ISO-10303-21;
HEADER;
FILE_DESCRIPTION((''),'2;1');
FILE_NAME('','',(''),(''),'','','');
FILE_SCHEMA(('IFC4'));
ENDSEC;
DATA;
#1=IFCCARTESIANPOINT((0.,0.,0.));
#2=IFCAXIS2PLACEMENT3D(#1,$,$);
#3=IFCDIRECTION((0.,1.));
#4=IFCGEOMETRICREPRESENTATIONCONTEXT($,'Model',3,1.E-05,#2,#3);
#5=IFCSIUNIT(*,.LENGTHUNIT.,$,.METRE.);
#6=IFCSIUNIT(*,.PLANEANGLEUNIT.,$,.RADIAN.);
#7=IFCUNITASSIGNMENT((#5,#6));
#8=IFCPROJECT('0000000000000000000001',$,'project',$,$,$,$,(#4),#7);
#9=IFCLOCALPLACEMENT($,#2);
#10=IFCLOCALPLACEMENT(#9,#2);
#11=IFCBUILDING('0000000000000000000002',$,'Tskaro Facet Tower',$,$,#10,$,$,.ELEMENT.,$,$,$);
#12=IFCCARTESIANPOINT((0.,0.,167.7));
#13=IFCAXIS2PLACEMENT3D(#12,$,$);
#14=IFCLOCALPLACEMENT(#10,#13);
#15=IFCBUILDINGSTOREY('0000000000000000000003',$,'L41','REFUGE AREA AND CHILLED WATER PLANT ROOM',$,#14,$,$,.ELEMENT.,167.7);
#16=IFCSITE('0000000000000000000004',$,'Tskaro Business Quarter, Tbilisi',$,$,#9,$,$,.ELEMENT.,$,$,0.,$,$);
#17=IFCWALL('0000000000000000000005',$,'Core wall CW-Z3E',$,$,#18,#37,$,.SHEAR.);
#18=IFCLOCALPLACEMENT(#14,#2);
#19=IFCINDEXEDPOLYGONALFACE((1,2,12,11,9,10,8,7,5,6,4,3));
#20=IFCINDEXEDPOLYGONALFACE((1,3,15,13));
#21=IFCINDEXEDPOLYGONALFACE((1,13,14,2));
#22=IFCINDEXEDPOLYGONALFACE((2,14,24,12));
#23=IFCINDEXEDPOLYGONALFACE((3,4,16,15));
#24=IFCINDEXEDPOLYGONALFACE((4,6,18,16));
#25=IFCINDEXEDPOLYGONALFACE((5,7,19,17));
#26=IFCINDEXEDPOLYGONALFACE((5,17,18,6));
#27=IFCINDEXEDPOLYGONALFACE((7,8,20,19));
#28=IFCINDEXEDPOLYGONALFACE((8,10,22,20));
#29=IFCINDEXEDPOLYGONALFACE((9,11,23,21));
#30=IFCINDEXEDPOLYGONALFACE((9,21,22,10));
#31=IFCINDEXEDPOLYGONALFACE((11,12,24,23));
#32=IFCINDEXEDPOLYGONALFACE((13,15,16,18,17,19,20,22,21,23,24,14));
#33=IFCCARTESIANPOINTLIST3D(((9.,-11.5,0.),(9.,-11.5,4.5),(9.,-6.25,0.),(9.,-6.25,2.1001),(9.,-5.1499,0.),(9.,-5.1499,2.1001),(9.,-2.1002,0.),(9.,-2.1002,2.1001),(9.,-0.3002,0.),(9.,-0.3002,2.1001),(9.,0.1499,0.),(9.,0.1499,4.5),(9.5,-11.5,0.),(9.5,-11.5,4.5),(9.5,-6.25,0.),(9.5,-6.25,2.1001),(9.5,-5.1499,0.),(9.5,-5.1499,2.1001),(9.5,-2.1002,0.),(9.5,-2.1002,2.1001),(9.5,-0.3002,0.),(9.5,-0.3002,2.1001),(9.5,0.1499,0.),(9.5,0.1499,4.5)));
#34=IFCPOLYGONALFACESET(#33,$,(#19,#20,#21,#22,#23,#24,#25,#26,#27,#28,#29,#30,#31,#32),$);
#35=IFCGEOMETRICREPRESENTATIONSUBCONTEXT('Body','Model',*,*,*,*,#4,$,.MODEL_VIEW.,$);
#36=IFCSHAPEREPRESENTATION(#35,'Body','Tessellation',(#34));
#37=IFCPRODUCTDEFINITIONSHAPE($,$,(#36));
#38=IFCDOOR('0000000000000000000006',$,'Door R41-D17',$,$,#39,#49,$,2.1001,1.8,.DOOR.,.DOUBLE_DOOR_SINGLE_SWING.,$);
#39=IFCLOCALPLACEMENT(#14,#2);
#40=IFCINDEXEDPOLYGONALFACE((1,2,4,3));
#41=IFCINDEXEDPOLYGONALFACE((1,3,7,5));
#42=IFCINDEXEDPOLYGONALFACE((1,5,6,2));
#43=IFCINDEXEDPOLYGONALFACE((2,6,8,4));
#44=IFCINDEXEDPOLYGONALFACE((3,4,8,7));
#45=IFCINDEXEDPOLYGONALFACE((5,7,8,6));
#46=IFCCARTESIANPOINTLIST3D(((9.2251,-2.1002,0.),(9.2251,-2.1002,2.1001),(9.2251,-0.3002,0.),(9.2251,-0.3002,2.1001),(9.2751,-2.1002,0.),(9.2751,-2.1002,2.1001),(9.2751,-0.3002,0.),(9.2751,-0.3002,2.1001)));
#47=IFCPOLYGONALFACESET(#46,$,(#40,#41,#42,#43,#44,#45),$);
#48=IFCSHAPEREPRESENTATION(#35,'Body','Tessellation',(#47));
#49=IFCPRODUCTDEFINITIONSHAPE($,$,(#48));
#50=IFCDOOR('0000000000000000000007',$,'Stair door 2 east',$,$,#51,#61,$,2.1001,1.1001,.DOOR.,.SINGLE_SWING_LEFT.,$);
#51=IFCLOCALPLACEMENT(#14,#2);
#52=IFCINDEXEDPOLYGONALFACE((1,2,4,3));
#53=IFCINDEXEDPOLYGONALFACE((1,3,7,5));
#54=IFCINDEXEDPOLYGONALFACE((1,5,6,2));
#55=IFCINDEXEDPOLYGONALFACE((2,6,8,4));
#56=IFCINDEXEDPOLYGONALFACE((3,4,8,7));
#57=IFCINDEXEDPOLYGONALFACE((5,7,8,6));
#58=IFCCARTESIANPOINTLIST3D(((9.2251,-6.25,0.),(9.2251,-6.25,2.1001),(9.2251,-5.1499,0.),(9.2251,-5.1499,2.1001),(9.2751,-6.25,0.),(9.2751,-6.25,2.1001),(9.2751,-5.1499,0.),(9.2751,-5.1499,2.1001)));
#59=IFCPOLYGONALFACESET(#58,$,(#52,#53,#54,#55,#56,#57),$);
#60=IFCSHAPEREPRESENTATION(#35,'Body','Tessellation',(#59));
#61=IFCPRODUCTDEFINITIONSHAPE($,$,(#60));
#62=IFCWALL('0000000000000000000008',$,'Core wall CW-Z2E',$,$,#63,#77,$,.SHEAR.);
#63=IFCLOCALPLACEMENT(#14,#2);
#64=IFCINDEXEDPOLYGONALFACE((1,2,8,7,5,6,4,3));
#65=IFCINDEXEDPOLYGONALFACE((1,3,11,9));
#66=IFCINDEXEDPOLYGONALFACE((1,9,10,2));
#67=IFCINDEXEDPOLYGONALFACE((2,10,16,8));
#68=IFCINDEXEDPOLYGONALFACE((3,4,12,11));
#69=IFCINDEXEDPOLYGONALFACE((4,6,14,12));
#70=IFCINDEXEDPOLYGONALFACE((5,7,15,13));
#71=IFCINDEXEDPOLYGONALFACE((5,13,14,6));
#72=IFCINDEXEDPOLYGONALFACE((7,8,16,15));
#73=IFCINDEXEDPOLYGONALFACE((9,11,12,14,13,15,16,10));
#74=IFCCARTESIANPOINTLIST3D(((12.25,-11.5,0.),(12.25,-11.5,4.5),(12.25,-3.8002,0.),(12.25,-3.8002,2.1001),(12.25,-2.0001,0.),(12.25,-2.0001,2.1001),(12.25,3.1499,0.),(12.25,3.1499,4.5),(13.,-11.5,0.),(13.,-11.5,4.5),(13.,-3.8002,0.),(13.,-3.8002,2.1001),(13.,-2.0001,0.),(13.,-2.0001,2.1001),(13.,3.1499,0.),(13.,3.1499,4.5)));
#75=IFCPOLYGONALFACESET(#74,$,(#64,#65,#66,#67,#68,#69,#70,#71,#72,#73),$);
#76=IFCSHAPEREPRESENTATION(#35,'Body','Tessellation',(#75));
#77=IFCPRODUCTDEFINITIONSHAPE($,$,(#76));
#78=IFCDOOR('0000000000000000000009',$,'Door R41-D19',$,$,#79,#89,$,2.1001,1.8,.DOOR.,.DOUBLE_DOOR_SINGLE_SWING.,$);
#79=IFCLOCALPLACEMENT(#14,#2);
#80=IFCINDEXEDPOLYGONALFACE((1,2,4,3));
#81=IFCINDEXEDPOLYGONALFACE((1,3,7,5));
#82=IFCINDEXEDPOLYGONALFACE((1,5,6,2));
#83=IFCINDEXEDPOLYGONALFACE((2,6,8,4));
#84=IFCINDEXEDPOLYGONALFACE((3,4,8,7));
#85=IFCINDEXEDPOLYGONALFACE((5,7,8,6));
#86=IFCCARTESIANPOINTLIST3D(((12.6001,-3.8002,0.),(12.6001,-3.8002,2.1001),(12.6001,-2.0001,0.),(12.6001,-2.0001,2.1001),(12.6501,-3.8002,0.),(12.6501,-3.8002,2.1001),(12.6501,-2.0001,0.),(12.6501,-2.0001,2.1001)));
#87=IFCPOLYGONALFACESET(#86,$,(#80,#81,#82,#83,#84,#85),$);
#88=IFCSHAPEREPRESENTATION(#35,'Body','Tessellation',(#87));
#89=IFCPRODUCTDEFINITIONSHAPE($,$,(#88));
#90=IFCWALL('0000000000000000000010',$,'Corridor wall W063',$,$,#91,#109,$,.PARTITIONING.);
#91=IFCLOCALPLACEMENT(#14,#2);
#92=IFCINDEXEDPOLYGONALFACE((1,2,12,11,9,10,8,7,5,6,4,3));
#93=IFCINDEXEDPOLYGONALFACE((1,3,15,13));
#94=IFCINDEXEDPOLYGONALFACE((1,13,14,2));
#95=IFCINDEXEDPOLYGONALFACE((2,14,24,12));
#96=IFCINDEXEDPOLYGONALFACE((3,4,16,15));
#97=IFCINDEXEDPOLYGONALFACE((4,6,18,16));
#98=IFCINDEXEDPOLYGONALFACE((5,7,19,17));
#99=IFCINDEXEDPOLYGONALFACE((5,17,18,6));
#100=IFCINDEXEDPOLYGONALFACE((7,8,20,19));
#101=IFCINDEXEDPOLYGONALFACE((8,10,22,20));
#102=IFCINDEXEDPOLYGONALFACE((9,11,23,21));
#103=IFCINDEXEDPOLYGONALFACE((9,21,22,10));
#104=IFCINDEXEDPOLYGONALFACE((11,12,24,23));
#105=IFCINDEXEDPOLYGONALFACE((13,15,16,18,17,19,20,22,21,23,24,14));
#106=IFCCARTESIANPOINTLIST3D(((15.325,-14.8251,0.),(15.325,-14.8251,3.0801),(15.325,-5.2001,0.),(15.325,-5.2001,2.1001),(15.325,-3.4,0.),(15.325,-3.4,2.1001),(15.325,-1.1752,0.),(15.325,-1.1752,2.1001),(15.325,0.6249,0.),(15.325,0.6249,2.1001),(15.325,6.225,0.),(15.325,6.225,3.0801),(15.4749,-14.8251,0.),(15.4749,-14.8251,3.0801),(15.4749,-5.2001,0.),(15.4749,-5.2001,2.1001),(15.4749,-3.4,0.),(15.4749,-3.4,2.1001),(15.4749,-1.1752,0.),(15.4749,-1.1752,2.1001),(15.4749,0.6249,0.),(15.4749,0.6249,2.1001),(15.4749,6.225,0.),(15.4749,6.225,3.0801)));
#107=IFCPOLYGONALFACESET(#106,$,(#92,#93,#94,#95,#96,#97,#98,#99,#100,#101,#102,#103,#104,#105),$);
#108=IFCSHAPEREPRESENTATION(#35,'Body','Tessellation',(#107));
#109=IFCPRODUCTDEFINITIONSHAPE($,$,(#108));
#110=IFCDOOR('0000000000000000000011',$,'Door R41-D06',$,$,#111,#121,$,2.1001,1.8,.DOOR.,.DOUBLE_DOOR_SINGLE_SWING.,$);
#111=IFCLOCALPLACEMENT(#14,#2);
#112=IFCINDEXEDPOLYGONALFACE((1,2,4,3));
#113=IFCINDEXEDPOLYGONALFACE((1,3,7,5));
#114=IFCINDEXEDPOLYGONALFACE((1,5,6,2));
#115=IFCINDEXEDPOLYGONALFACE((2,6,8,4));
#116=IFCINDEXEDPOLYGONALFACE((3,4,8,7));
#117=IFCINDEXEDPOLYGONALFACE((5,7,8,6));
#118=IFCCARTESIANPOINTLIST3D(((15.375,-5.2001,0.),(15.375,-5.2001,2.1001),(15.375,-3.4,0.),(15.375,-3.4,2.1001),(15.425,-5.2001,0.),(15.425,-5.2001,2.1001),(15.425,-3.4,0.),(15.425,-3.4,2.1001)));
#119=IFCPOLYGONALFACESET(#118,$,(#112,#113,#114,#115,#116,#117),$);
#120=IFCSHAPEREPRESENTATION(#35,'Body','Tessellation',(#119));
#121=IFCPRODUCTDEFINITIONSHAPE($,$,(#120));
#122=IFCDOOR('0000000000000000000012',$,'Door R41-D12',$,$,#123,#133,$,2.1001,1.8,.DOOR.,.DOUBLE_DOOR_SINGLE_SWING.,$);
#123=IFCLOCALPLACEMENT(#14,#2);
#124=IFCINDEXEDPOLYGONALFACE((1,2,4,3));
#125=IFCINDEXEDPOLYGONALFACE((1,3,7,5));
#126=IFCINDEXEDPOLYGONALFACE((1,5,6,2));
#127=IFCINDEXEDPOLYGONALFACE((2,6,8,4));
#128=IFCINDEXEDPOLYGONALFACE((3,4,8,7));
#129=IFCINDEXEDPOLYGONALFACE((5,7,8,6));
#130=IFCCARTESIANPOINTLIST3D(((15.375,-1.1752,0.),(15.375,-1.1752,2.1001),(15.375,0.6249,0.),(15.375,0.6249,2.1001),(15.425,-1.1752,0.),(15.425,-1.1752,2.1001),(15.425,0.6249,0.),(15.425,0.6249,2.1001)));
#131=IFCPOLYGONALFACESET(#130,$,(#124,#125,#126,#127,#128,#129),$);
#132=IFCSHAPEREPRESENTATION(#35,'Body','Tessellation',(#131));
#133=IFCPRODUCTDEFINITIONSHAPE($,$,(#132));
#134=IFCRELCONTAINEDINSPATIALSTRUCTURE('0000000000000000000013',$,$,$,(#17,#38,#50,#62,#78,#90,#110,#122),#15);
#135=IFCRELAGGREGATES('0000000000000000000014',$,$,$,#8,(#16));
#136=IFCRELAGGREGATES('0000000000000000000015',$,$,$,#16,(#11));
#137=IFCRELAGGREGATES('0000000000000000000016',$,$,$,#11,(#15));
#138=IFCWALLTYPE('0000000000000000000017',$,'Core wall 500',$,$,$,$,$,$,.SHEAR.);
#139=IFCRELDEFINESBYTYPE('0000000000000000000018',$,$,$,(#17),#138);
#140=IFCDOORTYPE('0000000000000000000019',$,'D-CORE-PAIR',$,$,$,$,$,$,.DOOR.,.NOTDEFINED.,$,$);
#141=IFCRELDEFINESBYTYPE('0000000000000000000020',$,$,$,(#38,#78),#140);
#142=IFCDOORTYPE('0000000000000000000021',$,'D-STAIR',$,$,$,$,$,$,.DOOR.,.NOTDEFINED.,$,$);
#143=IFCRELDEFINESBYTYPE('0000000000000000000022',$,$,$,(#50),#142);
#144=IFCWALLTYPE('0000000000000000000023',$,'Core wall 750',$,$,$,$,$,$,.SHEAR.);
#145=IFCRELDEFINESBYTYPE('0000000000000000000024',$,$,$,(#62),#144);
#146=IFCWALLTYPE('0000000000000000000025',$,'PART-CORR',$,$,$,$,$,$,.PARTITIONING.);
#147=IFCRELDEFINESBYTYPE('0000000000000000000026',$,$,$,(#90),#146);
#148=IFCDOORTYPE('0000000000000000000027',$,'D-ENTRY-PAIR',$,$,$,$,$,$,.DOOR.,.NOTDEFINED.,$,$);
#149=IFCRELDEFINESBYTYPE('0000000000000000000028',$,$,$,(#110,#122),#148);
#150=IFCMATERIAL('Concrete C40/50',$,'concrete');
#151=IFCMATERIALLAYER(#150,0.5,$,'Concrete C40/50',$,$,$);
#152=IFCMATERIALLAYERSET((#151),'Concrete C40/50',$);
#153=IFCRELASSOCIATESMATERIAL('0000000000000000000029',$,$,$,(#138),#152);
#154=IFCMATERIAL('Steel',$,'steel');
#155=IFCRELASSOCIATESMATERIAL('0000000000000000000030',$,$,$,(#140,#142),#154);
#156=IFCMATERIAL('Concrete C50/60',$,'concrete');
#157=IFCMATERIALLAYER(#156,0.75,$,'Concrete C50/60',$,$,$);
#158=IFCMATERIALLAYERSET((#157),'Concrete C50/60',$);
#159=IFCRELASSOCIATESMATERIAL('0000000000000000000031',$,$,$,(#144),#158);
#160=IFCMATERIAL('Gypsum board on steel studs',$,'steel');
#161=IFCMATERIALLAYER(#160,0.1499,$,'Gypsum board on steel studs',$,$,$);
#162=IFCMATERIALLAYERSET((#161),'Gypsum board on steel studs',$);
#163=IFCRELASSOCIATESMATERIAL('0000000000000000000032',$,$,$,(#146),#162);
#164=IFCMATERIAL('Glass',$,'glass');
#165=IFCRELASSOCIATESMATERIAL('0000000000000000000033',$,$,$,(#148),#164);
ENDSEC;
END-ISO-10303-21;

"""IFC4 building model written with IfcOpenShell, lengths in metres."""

from ifc_helpers import new_model, si_unit, direction, frame, frame_2d, origin, place, context, subcontext, project, spatial, rectangle, extrude, material, layer, layer_set, type_object, element, fill, save


model = new_model("IFC4")

# Units and contexts
model_context = context("Model", 3, precision=1e-05, world=origin(), true_north=direction((0.0, 1.0)))
body_context = subcontext(model_context, "Body", "Model", "MODEL_VIEW")
ifc_project = project(units=[si_unit("LENGTHUNIT", "METRE"), si_unit("PLANEANGLEUNIT", "RADIAN")], contexts=[model_context])

# Site, building, storey
site_placement = place(None, origin())
site = spatial("IfcSite", under=ifc_project, at=site_placement, Name="Tskaro Business Quarter, Tbilisi", CompositionType="ELEMENT", RefElevation=0.0)
building_placement = place(site_placement, origin())
building = spatial("IfcBuilding", under=site, at=building_placement, Name="Tskaro Facet Tower", CompositionType="ELEMENT")
storey_placement = place(building_placement, frame((0.0, 0.0, 167.7)))
storey = spatial("IfcBuildingStorey", under=building, at=storey_placement, Name="L41", Description="REFUGE AREA AND CHILLED WATER PLANT ROOM", CompositionType="ELEMENT", Elevation=167.7)

# Wall, openings, doors
ifc_material_1 = material(Name="Concrete C40/50", Category="concrete")
ifc_layer_1 = layer(ifc_material_1, 0.5, Name="Concrete C40/50")
ifc_layer_set_1 = layer_set([ifc_layer_1], Name="Concrete C40/50")
wall_type_1 = type_object("IfcWallType", Name="Core wall 500", PredefinedType="SHEAR", material=ifc_layer_set_1)
wall_1_placement = place(storey_placement, frame((9.25, -11.5, 0.0), z_axis=(0.0, 0.0, 1.0), x_axis=(0.0, 1.0, 0.0)))
wall_1 = element("IfcWall", 1, at=wall_1_placement, inside=storey, type_object=wall_type_1, Name="Core wall CW-Z3E", PredefinedType="SHEAR", context=body_context, shape_type="SweptSolid", body=[
    extrude(rectangle(XDim=11.6499, YDim=0.5, at=frame_2d((5.825, 0.0))), origin(), (0.0, 0.0, 1.0), 4.5),
])
opening_1_placement = place(wall_1_placement, frame((9.3999, 0.0, 0.0)))
opening_1 = element("IfcOpeningElement", 2, at=opening_1_placement, cuts=wall_1, PredefinedType="OPENING", context=body_context, shape_type="SweptSolid", body=[
    extrude(rectangle(XDim=1.8, YDim=2.1001, at=frame_2d((0.8999, 1.05))), frame((0.0, 0.26, 0.0), z_axis=(0.0, -1.0, 0.0), x_axis=(1.0, 0.0, 0.0)), (0.0, 0.0, 1.0), 0.52),
])
opening_2_placement = place(wall_1_placement, frame((5.25, 0.0, 0.0)))
opening_2 = element("IfcOpeningElement", 3, at=opening_2_placement, cuts=wall_1, PredefinedType="OPENING", context=body_context, shape_type="SweptSolid", body=[
    extrude(rectangle(XDim=1.1001, YDim=2.1001, at=frame_2d((0.55, 1.05))), frame((0.0, 0.26, 0.0), z_axis=(0.0, -1.0, 0.0), x_axis=(1.0, 0.0, 0.0)), (0.0, 0.0, 1.0), 0.52),
])
ifc_material_2 = material(Name="Steel", Category="steel")
door_type_1 = type_object("IfcDoorType", Name="D-CORE-PAIR", OperationType="NOTDEFINED", PredefinedType="DOOR", material=ifc_material_2)
door_1_placement = place(opening_1_placement, origin())
door_1 = element("IfcDoor", 4, at=door_1_placement, inside=storey, type_object=door_type_1, Name="Door R41-D17", OperationType="DOUBLE_DOOR_SINGLE_SWING", OverallHeight=2.1001, OverallWidth=1.8, PredefinedType="DOOR", context=body_context, shape_type="SweptSolid", body=[
    extrude(rectangle(XDim=1.8, YDim=2.1001, at=frame_2d((0.8999, 1.05))), frame((0.0, 0.0249, 0.0), z_axis=(0.0, -1.0, 0.0), x_axis=(1.0, 0.0, 0.0)), (0.0, 0.0, 1.0), 0.05),
])
fill(opening_1, door_1)
door_type_2 = type_object("IfcDoorType", Name="D-STAIR", OperationType="NOTDEFINED", PredefinedType="DOOR", material=ifc_material_2)
door_2_placement = place(opening_2_placement, origin())
door_2 = element("IfcDoor", 5, at=door_2_placement, inside=storey, type_object=door_type_2, Name="Stair door 2 east", OperationType="SINGLE_SWING_LEFT", OverallHeight=2.1001, OverallWidth=1.1001, PredefinedType="DOOR", context=body_context, shape_type="SweptSolid", body=[
    extrude(rectangle(XDim=1.1001, YDim=2.1001, at=frame_2d((0.55, 1.05))), frame((0.0, 0.0249, 0.0), z_axis=(0.0, -1.0, 0.0), x_axis=(1.0, 0.0, 0.0)), (0.0, 0.0, 1.0), 0.05),
])
fill(opening_2, door_2)

# Wall, opening, door
ifc_material_3 = material(Name="Concrete C50/60", Category="concrete")
ifc_layer_2 = layer(ifc_material_3, 0.75, Name="Concrete C50/60")
ifc_layer_set_2 = layer_set([ifc_layer_2], Name="Concrete C50/60")
wall_type_2 = type_object("IfcWallType", Name="Core wall 750", PredefinedType="SHEAR", material=ifc_layer_set_2)
wall_2_placement = place(storey_placement, frame((12.625, -11.5, 0.0), z_axis=(0.0, 0.0, 1.0), x_axis=(0.0, 1.0, 0.0)))
wall_2 = element("IfcWall", 6, at=wall_2_placement, inside=storey, type_object=wall_type_2, Name="Core wall CW-Z2E", PredefinedType="SHEAR", context=body_context, shape_type="SweptSolid", body=[
    extrude(rectangle(XDim=14.6499, YDim=0.75, at=frame_2d((7.325, 0.0))), origin(), (0.0, 0.0, 1.0), 4.5),
])
opening_3_placement = place(wall_2_placement, frame((7.7, 0.0, 0.0)))
opening_3 = element("IfcOpeningElement", 7, at=opening_3_placement, cuts=wall_2, PredefinedType="OPENING", context=body_context, shape_type="SweptSolid", body=[
    extrude(rectangle(XDim=1.8, YDim=2.1001, at=frame_2d((0.8999, 1.05))), frame((0.0, 0.385, 0.0), z_axis=(0.0, -1.0, 0.0), x_axis=(1.0, 0.0, 0.0)), (0.0, 0.0, 1.0), 0.77),
])
door_3_placement = place(opening_3_placement, origin())
door_3 = element("IfcDoor", 8, at=door_3_placement, inside=storey, type_object=door_type_1, Name="Door R41-D19", OperationType="DOUBLE_DOOR_SINGLE_SWING", OverallHeight=2.1001, OverallWidth=1.8, PredefinedType="DOOR", context=body_context, shape_type="SweptSolid", body=[
    extrude(rectangle(XDim=1.8, YDim=2.1001, at=frame_2d((0.8999, 1.05))), frame((0.0, 0.0249, 0.0), z_axis=(0.0, -1.0, 0.0), x_axis=(1.0, 0.0, 0.0)), (0.0, 0.0, 1.0), 0.05),
])
fill(opening_3, door_3)

# Wall, openings, doors
ifc_material_4 = material(Name="Gypsum board on steel studs", Category="steel")
ifc_layer_3 = layer(ifc_material_4, 0.1499, Name="Gypsum board on steel studs")
ifc_layer_set_3 = layer_set([ifc_layer_3], Name="Gypsum board on steel studs")
wall_type_3 = type_object("IfcWallType", Name="PART-CORR", PredefinedType="PARTITIONING", material=ifc_layer_set_3)
wall_3_placement = place(storey_placement, frame((15.3999, -14.825, 0.0), z_axis=(0.0, 0.0, 1.0), x_axis=(0.0, 1.0, 0.0)))
wall_3 = element("IfcWall", 9, at=wall_3_placement, inside=storey, type_object=wall_type_3, Name="Corridor wall W063", PredefinedType="PARTITIONING", context=body_context, shape_type="SweptSolid", body=[
    extrude(rectangle(XDim=21.05, YDim=0.1499, at=frame_2d((10.5249, 0.0))), origin(), (0.0, 0.0, 1.0), 3.0801),
])
opening_4_placement = place(wall_3_placement, frame((9.625, 0.0, 0.0)))
opening_4 = element("IfcOpeningElement", 10, at=opening_4_placement, cuts=wall_3, PredefinedType="OPENING", context=body_context, shape_type="SweptSolid", body=[
    extrude(rectangle(XDim=1.8, YDim=2.1001, at=frame_2d((0.8999, 1.05))), frame((0.0, 0.085, 0.0), z_axis=(0.0, -1.0, 0.0), x_axis=(1.0, 0.0, 0.0)), (0.0, 0.0, 1.0), 0.1699),
])
opening_5_placement = place(wall_3_placement, frame((13.6499, 0.0, 0.0)))
opening_5 = element("IfcOpeningElement", 11, at=opening_5_placement, cuts=wall_3, PredefinedType="OPENING", context=body_context, shape_type="SweptSolid", body=[
    extrude(rectangle(XDim=1.8, YDim=2.1001, at=frame_2d((0.8999, 1.05))), frame((0.0, 0.085, 0.0), z_axis=(0.0, -1.0, 0.0), x_axis=(1.0, 0.0, 0.0)), (0.0, 0.0, 1.0), 0.1699),
])
ifc_material_5 = material(Name="Glass", Category="glass")
door_type_3 = type_object("IfcDoorType", Name="D-ENTRY-PAIR", OperationType="NOTDEFINED", PredefinedType="DOOR", material=ifc_material_5)
door_4_placement = place(opening_4_placement, origin())
door_4 = element("IfcDoor", 12, at=door_4_placement, inside=storey, type_object=door_type_3, Name="Door R41-D06", OperationType="DOUBLE_DOOR_SINGLE_SWING", OverallHeight=2.1001, OverallWidth=1.8, PredefinedType="DOOR", context=body_context, shape_type="SweptSolid", body=[
    extrude(rectangle(XDim=1.8, YDim=2.1001, at=frame_2d((0.8999, 1.05))), frame((0.0, 0.0249, 0.0), z_axis=(0.0, -1.0, 0.0), x_axis=(1.0, 0.0, 0.0)), (0.0, 0.0, 1.0), 0.05),
])
fill(opening_4, door_4)
door_5_placement = place(opening_5_placement, origin())
door_5 = element("IfcDoor", 13, at=door_5_placement, inside=storey, type_object=door_type_3, Name="Door R41-D12", OperationType="DOUBLE_DOOR_SINGLE_SWING", OverallHeight=2.1001, OverallWidth=1.8, PredefinedType="DOOR", context=body_context, shape_type="SweptSolid", body=[
    extrude(rectangle(XDim=1.8, YDim=2.1001, at=frame_2d((0.8999, 1.05))), frame((0.0, 0.0249, 0.0), z_axis=(0.0, -1.0, 0.0), x_axis=(1.0, 0.0, 0.0)), (0.0, 0.0, 1.0), 0.05),
])
fill(opening_5, door_5)

save(model, "model.ifc")
